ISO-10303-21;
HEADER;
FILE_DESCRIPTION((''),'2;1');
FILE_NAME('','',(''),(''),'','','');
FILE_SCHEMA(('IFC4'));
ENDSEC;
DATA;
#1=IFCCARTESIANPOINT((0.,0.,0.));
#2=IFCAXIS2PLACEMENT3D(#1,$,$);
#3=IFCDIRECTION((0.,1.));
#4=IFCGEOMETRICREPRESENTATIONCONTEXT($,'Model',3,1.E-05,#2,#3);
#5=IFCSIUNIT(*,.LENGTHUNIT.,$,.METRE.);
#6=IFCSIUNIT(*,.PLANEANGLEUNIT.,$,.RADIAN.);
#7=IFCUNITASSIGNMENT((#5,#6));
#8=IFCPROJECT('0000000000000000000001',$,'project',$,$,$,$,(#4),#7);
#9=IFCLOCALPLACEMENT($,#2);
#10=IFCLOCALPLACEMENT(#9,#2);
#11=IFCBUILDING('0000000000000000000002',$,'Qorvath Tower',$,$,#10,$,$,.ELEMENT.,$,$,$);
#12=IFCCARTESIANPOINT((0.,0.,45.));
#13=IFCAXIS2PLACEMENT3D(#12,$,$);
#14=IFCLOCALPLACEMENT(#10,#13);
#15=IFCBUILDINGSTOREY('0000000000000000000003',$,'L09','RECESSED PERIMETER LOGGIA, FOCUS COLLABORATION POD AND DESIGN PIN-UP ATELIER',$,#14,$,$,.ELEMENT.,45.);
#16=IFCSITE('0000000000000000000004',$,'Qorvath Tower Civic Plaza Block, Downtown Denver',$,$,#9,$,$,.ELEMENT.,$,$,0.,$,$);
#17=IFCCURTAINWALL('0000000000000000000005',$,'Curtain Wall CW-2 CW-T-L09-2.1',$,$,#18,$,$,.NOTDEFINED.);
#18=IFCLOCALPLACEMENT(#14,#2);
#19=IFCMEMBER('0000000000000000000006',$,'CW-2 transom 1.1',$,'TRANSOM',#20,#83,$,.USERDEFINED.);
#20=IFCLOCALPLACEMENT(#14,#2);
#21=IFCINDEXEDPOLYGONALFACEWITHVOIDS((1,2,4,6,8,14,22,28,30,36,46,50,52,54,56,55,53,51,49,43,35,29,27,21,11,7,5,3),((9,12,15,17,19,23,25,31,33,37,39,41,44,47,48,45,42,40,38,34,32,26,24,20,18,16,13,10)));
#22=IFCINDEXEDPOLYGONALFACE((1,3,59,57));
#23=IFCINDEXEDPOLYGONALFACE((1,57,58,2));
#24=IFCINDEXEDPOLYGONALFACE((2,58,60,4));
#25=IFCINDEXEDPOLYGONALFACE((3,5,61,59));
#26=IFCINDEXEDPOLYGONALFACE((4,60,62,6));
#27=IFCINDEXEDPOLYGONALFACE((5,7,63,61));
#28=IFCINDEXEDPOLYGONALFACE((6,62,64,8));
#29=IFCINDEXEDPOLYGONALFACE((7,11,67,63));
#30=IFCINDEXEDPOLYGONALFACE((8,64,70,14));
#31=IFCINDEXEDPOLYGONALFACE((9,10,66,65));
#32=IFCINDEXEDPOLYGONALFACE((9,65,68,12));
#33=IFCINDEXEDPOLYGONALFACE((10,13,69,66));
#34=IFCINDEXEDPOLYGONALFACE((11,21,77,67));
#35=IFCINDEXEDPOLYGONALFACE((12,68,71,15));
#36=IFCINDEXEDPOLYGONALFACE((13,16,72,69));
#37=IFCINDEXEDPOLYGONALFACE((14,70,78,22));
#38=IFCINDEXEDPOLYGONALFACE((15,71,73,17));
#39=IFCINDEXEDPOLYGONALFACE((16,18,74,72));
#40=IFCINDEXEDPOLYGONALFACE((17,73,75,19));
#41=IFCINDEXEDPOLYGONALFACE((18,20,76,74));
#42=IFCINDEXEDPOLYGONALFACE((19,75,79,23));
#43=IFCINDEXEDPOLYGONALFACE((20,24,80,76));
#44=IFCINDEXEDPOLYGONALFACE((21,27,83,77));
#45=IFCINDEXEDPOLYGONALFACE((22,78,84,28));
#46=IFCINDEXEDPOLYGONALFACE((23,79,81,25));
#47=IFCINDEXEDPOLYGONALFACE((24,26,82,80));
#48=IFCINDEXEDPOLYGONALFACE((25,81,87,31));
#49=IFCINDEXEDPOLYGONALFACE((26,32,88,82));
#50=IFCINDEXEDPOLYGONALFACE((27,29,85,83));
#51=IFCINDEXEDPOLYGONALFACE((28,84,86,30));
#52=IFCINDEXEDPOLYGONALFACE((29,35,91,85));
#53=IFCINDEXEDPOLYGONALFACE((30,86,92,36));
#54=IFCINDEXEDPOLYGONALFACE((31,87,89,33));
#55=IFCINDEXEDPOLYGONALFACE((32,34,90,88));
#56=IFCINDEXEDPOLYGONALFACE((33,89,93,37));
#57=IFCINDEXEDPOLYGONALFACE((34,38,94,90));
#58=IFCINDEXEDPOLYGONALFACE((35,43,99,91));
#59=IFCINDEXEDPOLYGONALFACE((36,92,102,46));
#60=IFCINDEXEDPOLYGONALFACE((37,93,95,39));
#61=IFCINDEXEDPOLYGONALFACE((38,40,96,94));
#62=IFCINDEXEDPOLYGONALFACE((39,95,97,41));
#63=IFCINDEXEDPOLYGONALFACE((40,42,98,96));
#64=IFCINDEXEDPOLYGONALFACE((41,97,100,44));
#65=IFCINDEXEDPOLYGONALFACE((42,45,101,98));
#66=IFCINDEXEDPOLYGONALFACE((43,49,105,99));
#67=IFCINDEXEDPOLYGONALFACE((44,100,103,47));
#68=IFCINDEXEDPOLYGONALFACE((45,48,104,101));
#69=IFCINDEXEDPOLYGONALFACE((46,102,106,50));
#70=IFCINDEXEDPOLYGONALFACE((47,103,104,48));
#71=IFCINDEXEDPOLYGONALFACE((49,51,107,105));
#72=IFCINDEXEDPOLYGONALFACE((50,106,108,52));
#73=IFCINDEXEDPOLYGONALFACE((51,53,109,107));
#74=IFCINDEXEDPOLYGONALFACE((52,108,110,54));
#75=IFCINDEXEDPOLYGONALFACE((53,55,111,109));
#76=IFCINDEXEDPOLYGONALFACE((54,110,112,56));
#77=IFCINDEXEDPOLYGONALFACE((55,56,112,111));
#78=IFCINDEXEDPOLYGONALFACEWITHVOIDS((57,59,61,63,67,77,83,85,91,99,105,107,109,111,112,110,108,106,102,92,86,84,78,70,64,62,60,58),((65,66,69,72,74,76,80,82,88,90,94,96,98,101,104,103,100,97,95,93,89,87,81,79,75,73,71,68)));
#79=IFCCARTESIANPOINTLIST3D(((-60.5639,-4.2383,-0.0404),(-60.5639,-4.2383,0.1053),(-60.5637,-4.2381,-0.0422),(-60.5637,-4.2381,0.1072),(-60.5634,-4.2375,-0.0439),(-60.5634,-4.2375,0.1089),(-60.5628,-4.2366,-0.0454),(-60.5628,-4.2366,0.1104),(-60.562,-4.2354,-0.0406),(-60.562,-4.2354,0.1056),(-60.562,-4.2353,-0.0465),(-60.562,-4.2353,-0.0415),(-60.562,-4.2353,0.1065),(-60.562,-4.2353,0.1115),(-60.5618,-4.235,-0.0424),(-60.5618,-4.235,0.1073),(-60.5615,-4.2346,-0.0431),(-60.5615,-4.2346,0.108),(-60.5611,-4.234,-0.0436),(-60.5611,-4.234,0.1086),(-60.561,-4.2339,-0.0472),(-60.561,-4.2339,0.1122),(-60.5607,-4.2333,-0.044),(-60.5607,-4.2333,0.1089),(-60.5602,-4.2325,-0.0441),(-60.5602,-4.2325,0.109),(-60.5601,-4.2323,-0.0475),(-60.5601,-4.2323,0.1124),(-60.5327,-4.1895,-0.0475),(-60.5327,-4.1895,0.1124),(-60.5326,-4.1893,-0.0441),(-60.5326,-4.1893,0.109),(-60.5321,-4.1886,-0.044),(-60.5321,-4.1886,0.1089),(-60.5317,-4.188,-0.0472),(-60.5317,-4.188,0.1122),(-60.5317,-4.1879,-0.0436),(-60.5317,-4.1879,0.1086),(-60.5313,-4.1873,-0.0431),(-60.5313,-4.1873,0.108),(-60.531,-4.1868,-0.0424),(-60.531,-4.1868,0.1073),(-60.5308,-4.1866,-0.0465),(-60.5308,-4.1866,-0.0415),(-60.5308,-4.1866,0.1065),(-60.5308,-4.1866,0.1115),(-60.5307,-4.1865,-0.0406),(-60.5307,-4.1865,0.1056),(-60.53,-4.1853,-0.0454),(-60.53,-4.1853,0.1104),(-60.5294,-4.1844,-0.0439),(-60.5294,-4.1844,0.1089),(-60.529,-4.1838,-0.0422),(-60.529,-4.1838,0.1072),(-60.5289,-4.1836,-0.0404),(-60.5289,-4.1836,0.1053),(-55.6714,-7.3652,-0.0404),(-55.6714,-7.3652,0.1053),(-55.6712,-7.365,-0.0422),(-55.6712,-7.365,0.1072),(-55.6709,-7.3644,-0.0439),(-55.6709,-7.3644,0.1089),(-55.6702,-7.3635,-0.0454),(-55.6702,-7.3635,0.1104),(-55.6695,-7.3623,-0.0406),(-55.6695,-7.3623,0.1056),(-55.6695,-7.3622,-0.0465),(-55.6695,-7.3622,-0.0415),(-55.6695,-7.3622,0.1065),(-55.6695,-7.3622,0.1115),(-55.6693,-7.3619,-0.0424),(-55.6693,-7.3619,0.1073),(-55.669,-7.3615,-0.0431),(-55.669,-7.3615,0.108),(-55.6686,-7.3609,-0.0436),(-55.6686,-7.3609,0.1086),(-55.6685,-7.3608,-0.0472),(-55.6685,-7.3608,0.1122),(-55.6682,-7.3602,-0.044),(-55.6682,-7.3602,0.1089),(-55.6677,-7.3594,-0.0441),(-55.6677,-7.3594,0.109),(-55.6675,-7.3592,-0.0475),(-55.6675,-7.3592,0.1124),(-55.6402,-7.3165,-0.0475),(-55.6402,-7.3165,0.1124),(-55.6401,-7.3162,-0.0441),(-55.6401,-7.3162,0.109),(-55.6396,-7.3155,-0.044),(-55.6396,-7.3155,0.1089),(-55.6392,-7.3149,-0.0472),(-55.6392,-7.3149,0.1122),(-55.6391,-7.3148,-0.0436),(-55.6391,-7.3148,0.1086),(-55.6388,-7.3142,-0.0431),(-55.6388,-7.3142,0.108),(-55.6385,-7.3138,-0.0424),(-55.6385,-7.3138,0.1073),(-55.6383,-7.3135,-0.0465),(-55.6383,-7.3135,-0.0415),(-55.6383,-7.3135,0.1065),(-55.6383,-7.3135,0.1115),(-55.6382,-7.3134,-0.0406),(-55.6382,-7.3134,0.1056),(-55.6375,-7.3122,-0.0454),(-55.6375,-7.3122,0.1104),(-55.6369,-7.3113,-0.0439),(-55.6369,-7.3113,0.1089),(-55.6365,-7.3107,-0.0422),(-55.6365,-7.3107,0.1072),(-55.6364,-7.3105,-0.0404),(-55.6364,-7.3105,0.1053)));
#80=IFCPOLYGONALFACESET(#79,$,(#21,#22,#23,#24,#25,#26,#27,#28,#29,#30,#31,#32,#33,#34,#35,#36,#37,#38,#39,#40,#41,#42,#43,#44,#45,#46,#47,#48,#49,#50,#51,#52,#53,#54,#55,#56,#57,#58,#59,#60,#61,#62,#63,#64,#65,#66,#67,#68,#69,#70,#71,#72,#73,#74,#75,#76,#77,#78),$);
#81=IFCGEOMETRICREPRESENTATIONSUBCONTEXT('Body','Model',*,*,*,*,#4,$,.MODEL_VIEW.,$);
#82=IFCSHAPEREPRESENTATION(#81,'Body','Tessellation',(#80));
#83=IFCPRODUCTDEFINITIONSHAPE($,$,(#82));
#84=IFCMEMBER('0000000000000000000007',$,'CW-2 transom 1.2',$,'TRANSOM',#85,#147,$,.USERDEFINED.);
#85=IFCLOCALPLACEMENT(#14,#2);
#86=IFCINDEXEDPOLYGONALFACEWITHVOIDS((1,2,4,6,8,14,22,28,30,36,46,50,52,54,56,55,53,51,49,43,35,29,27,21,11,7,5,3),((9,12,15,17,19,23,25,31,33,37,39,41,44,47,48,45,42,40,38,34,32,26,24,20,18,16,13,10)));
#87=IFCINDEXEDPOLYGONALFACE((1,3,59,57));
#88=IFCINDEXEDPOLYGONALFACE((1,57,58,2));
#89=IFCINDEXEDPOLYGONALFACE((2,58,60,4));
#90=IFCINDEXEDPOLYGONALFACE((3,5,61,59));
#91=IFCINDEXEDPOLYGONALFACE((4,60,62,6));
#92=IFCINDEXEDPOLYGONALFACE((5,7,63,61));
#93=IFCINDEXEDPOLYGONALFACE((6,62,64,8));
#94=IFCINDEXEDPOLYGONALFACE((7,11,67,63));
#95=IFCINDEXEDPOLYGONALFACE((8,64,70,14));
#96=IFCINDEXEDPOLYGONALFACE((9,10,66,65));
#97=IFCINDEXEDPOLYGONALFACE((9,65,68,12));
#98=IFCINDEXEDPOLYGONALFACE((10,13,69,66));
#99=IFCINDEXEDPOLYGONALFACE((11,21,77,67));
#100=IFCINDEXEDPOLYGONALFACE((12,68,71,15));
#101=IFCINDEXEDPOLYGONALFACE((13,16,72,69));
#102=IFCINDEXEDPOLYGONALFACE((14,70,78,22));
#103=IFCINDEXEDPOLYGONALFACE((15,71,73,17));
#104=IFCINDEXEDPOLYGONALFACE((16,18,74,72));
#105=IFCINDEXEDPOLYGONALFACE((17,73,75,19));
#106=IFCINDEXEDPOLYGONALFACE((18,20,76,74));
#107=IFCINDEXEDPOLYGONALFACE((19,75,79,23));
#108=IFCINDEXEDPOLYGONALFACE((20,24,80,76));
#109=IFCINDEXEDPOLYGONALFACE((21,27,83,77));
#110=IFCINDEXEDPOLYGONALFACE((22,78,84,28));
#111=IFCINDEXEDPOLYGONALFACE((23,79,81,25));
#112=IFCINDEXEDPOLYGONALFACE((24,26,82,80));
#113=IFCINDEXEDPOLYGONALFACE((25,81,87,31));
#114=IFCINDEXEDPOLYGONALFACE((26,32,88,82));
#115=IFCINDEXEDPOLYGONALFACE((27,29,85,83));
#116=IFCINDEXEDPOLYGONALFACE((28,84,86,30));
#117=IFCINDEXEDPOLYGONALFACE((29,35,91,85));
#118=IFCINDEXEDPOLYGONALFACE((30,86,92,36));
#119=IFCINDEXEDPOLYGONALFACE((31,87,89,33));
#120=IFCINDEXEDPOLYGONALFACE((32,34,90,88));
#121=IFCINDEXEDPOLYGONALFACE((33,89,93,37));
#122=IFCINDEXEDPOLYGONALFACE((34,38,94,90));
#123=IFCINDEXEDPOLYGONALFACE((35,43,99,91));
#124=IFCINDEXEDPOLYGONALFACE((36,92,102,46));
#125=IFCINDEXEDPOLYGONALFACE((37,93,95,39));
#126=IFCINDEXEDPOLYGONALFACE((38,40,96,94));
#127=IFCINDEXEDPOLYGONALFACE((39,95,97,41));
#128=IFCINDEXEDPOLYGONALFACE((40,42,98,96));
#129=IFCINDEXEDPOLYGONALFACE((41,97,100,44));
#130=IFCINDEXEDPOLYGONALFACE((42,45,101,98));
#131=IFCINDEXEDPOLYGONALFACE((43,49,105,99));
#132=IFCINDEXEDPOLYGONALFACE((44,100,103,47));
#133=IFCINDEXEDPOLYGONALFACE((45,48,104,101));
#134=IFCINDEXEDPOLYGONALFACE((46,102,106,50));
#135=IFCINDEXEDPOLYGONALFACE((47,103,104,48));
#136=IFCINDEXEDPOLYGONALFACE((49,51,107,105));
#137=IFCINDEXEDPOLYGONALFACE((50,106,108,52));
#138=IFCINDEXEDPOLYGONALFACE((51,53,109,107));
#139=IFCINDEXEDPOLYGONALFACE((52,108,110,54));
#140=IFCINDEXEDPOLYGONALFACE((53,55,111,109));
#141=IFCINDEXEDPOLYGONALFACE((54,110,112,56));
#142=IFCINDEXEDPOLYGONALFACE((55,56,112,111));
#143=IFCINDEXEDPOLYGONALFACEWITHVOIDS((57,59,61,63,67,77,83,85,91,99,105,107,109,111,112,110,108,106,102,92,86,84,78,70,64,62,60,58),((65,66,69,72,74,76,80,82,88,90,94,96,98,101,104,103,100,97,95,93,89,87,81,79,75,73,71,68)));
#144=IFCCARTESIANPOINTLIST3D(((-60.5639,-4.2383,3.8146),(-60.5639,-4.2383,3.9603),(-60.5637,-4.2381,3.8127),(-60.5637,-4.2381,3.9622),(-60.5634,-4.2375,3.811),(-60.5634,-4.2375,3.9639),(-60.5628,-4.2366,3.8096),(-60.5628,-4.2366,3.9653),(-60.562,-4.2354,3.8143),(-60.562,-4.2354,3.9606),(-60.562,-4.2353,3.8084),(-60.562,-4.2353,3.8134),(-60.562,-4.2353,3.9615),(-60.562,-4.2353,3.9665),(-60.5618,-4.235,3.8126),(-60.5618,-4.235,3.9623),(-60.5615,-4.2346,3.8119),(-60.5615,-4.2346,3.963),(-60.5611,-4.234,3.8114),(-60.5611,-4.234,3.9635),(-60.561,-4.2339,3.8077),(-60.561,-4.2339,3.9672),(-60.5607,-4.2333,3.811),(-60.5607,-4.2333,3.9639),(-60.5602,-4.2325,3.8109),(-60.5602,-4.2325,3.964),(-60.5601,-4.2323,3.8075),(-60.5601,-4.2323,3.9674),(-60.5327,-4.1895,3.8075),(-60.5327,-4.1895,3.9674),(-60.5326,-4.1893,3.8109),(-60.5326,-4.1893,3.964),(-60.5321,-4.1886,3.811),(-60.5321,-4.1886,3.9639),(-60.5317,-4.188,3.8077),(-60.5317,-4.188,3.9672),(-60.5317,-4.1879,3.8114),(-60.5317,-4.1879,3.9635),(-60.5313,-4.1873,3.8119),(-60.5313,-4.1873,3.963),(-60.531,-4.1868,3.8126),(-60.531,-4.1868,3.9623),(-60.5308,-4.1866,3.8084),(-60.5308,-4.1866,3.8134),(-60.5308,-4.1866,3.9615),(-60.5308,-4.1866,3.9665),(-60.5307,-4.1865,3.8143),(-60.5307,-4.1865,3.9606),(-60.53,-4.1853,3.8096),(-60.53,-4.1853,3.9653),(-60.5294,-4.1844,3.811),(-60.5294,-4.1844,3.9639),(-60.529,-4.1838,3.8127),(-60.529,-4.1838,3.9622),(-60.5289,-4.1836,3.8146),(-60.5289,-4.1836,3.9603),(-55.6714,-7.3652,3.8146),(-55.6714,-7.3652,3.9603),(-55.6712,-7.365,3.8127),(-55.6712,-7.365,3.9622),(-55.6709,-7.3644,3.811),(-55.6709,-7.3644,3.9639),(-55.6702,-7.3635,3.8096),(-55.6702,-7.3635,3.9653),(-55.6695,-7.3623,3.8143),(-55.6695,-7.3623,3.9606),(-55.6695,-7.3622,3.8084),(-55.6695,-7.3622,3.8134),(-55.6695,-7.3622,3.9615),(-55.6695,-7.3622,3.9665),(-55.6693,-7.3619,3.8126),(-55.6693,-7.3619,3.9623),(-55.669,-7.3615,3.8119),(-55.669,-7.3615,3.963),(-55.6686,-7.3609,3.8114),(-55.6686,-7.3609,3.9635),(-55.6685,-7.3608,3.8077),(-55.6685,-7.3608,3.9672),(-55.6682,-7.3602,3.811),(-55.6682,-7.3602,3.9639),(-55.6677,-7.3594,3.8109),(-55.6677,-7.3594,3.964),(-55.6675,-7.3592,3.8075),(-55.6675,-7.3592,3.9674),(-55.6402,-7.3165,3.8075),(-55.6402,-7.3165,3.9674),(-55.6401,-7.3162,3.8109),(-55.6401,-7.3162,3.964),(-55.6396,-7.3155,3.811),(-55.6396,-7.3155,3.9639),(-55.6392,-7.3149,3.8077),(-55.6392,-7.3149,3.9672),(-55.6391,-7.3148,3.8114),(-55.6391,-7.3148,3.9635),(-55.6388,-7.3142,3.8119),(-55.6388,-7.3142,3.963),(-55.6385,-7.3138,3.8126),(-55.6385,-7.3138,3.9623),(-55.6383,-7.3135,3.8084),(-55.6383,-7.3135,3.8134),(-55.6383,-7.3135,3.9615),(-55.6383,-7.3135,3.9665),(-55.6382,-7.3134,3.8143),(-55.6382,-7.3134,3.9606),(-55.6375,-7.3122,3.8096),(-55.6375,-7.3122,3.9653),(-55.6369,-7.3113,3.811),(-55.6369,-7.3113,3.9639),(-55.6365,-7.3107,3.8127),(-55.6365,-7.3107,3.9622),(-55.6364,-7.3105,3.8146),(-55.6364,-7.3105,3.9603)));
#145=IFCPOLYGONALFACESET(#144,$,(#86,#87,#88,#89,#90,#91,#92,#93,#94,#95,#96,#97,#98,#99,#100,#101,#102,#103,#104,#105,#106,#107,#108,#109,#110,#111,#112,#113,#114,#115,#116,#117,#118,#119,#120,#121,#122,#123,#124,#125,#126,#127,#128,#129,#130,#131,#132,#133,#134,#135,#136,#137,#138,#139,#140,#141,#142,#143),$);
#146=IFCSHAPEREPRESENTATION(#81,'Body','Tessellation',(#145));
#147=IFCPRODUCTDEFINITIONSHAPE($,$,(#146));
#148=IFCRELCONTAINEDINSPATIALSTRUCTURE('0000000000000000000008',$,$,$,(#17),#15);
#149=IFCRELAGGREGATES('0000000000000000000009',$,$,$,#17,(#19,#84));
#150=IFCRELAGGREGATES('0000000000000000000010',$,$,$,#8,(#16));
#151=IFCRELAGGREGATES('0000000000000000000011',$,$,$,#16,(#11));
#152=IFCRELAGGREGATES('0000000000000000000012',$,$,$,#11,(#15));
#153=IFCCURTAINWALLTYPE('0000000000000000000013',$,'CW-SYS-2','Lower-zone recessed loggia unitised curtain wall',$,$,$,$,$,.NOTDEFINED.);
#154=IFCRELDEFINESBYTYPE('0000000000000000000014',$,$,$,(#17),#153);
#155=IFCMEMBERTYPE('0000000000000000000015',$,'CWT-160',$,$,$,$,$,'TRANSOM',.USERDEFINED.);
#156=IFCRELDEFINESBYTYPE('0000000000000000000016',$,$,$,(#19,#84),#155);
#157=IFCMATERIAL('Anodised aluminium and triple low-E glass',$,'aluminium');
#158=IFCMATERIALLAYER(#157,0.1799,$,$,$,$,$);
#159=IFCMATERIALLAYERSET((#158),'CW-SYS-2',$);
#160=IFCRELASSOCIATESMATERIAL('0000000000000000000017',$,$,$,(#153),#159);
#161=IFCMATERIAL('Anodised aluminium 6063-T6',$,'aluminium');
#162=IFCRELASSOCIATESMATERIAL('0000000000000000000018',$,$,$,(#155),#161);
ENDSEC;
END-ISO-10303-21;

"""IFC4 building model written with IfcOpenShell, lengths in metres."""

from ifc_helpers import new_model, si_unit, direction, frame, origin, origin_2d, place, context, subcontext, project, spatial, hollow_rectangle, extrude, material, layer, layer_set, material_profile, profile_set, type_object, element, aggregate, save


model = new_model("IFC4")

# Units and contexts
model_context = context("Model", 3, precision=1e-05, world=origin(), true_north=direction((0.0, 1.0)))
body_context = subcontext(model_context, "Body", "Model", "MODEL_VIEW")
ifc_project = project(units=[si_unit("LENGTHUNIT", "METRE"), si_unit("PLANEANGLEUNIT", "RADIAN")], contexts=[model_context])

# Site, building, storey
site_placement = place(None, origin())
site = spatial("IfcSite", under=ifc_project, at=site_placement, Name="Qorvath Tower Civic Plaza Block, Downtown Denver", CompositionType="ELEMENT", RefElevation=0.0)
building_placement = place(site_placement, origin())
building = spatial("IfcBuilding", under=site, at=building_placement, Name="Qorvath Tower", CompositionType="ELEMENT")
storey_placement = place(building_placement, frame((0.0, 0.0, 45.0)))
storey = spatial("IfcBuildingStorey", under=building, at=storey_placement, Name="L09", Description="RECESSED PERIMETER LOGGIA, FOCUS COLLABORATION POD AND DESIGN PIN-UP ATELIER", CompositionType="ELEMENT", Elevation=45.0)

# Curtain wall, members
ifc_material_1 = material(Name="Anodised aluminium and triple low-E glass", Category="aluminium")
ifc_layer_1 = layer(ifc_material_1, 0.1799)
ifc_layer_set_1 = layer_set([ifc_layer_1], Name="CW-SYS-2")
curtain_wall_type = type_object("IfcCurtainWallType", Name="CW-SYS-2", Description="Lower-zone recessed loggia unitised curtain wall", PredefinedType="NOTDEFINED", material=ifc_layer_set_1)
curtain_wall_placement = place(storey_placement, origin())
curtain_wall = element("IfcCurtainWall", 1, at=curtain_wall_placement, inside=storey, type_object=curtain_wall_type, Name="Curtain Wall CW-2 CW-T-L09-2.1", PredefinedType="NOTDEFINED")
ifc_material_2 = material(Name="Anodised aluminium 6063-T6", Category="aluminium")
ifc_material_profile_1 = material_profile(ifc_material_2, hollow_rectangle(XDim=0.0649, YDim=0.1599, WallThickness=0.0034, InnerFilletRadius=0.0034, OuterFilletRadius=0.0071, at=origin_2d()), Name="CWT 160x65")
ifc_profile_set_1 = profile_set([ifc_material_profile_1], Name="Anodised aluminium 6063-T6")
member_type_1 = type_object("IfcMemberType", Name="CWT-160", ElementType="TRANSOM", PredefinedType="USERDEFINED", material=ifc_profile_set_1)
member_1_placement = place(storey_placement, frame((-60.5464, -4.2109, 0.0325), z_axis=(0.842607, -0.538529, 0.0), x_axis=(0.538529, 0.842607, 0.0)))
member_1 = element("IfcMember", 2, at=member_1_placement, type_object=member_type_1, Name="CW-2 transom 1.1", ObjectType="TRANSOM", PredefinedType="USERDEFINED", context=body_context, shape_type="SweptSolid", body=[
    extrude(hollow_rectangle(XDim=0.0649, YDim=0.1599, WallThickness=0.0034, InnerFilletRadius=0.0034, OuterFilletRadius=0.0071, at=origin_2d()), origin(), (0.0, 0.0, 1.0), 5.8064),
])
member_2_placement = place(storey_placement, frame((-60.5464, -4.2109, 3.8875), z_axis=(0.842607, -0.538529, 0.0), x_axis=(0.538529, 0.842607, 0.0)))
member_2 = element("IfcMember", 3, at=member_2_placement, type_object=member_type_1, Name="CW-2 transom 1.2", ObjectType="TRANSOM", PredefinedType="USERDEFINED", context=body_context, shape_type="SweptSolid", body=[
    extrude(hollow_rectangle(XDim=0.0649, YDim=0.1599, WallThickness=0.0034, InnerFilletRadius=0.0034, OuterFilletRadius=0.0071, at=origin_2d()), origin(), (0.0, 0.0, 1.0), 5.8064),
])
aggregate(curtain_wall, [member_1, member_2])

save(model, "model.ifc")
